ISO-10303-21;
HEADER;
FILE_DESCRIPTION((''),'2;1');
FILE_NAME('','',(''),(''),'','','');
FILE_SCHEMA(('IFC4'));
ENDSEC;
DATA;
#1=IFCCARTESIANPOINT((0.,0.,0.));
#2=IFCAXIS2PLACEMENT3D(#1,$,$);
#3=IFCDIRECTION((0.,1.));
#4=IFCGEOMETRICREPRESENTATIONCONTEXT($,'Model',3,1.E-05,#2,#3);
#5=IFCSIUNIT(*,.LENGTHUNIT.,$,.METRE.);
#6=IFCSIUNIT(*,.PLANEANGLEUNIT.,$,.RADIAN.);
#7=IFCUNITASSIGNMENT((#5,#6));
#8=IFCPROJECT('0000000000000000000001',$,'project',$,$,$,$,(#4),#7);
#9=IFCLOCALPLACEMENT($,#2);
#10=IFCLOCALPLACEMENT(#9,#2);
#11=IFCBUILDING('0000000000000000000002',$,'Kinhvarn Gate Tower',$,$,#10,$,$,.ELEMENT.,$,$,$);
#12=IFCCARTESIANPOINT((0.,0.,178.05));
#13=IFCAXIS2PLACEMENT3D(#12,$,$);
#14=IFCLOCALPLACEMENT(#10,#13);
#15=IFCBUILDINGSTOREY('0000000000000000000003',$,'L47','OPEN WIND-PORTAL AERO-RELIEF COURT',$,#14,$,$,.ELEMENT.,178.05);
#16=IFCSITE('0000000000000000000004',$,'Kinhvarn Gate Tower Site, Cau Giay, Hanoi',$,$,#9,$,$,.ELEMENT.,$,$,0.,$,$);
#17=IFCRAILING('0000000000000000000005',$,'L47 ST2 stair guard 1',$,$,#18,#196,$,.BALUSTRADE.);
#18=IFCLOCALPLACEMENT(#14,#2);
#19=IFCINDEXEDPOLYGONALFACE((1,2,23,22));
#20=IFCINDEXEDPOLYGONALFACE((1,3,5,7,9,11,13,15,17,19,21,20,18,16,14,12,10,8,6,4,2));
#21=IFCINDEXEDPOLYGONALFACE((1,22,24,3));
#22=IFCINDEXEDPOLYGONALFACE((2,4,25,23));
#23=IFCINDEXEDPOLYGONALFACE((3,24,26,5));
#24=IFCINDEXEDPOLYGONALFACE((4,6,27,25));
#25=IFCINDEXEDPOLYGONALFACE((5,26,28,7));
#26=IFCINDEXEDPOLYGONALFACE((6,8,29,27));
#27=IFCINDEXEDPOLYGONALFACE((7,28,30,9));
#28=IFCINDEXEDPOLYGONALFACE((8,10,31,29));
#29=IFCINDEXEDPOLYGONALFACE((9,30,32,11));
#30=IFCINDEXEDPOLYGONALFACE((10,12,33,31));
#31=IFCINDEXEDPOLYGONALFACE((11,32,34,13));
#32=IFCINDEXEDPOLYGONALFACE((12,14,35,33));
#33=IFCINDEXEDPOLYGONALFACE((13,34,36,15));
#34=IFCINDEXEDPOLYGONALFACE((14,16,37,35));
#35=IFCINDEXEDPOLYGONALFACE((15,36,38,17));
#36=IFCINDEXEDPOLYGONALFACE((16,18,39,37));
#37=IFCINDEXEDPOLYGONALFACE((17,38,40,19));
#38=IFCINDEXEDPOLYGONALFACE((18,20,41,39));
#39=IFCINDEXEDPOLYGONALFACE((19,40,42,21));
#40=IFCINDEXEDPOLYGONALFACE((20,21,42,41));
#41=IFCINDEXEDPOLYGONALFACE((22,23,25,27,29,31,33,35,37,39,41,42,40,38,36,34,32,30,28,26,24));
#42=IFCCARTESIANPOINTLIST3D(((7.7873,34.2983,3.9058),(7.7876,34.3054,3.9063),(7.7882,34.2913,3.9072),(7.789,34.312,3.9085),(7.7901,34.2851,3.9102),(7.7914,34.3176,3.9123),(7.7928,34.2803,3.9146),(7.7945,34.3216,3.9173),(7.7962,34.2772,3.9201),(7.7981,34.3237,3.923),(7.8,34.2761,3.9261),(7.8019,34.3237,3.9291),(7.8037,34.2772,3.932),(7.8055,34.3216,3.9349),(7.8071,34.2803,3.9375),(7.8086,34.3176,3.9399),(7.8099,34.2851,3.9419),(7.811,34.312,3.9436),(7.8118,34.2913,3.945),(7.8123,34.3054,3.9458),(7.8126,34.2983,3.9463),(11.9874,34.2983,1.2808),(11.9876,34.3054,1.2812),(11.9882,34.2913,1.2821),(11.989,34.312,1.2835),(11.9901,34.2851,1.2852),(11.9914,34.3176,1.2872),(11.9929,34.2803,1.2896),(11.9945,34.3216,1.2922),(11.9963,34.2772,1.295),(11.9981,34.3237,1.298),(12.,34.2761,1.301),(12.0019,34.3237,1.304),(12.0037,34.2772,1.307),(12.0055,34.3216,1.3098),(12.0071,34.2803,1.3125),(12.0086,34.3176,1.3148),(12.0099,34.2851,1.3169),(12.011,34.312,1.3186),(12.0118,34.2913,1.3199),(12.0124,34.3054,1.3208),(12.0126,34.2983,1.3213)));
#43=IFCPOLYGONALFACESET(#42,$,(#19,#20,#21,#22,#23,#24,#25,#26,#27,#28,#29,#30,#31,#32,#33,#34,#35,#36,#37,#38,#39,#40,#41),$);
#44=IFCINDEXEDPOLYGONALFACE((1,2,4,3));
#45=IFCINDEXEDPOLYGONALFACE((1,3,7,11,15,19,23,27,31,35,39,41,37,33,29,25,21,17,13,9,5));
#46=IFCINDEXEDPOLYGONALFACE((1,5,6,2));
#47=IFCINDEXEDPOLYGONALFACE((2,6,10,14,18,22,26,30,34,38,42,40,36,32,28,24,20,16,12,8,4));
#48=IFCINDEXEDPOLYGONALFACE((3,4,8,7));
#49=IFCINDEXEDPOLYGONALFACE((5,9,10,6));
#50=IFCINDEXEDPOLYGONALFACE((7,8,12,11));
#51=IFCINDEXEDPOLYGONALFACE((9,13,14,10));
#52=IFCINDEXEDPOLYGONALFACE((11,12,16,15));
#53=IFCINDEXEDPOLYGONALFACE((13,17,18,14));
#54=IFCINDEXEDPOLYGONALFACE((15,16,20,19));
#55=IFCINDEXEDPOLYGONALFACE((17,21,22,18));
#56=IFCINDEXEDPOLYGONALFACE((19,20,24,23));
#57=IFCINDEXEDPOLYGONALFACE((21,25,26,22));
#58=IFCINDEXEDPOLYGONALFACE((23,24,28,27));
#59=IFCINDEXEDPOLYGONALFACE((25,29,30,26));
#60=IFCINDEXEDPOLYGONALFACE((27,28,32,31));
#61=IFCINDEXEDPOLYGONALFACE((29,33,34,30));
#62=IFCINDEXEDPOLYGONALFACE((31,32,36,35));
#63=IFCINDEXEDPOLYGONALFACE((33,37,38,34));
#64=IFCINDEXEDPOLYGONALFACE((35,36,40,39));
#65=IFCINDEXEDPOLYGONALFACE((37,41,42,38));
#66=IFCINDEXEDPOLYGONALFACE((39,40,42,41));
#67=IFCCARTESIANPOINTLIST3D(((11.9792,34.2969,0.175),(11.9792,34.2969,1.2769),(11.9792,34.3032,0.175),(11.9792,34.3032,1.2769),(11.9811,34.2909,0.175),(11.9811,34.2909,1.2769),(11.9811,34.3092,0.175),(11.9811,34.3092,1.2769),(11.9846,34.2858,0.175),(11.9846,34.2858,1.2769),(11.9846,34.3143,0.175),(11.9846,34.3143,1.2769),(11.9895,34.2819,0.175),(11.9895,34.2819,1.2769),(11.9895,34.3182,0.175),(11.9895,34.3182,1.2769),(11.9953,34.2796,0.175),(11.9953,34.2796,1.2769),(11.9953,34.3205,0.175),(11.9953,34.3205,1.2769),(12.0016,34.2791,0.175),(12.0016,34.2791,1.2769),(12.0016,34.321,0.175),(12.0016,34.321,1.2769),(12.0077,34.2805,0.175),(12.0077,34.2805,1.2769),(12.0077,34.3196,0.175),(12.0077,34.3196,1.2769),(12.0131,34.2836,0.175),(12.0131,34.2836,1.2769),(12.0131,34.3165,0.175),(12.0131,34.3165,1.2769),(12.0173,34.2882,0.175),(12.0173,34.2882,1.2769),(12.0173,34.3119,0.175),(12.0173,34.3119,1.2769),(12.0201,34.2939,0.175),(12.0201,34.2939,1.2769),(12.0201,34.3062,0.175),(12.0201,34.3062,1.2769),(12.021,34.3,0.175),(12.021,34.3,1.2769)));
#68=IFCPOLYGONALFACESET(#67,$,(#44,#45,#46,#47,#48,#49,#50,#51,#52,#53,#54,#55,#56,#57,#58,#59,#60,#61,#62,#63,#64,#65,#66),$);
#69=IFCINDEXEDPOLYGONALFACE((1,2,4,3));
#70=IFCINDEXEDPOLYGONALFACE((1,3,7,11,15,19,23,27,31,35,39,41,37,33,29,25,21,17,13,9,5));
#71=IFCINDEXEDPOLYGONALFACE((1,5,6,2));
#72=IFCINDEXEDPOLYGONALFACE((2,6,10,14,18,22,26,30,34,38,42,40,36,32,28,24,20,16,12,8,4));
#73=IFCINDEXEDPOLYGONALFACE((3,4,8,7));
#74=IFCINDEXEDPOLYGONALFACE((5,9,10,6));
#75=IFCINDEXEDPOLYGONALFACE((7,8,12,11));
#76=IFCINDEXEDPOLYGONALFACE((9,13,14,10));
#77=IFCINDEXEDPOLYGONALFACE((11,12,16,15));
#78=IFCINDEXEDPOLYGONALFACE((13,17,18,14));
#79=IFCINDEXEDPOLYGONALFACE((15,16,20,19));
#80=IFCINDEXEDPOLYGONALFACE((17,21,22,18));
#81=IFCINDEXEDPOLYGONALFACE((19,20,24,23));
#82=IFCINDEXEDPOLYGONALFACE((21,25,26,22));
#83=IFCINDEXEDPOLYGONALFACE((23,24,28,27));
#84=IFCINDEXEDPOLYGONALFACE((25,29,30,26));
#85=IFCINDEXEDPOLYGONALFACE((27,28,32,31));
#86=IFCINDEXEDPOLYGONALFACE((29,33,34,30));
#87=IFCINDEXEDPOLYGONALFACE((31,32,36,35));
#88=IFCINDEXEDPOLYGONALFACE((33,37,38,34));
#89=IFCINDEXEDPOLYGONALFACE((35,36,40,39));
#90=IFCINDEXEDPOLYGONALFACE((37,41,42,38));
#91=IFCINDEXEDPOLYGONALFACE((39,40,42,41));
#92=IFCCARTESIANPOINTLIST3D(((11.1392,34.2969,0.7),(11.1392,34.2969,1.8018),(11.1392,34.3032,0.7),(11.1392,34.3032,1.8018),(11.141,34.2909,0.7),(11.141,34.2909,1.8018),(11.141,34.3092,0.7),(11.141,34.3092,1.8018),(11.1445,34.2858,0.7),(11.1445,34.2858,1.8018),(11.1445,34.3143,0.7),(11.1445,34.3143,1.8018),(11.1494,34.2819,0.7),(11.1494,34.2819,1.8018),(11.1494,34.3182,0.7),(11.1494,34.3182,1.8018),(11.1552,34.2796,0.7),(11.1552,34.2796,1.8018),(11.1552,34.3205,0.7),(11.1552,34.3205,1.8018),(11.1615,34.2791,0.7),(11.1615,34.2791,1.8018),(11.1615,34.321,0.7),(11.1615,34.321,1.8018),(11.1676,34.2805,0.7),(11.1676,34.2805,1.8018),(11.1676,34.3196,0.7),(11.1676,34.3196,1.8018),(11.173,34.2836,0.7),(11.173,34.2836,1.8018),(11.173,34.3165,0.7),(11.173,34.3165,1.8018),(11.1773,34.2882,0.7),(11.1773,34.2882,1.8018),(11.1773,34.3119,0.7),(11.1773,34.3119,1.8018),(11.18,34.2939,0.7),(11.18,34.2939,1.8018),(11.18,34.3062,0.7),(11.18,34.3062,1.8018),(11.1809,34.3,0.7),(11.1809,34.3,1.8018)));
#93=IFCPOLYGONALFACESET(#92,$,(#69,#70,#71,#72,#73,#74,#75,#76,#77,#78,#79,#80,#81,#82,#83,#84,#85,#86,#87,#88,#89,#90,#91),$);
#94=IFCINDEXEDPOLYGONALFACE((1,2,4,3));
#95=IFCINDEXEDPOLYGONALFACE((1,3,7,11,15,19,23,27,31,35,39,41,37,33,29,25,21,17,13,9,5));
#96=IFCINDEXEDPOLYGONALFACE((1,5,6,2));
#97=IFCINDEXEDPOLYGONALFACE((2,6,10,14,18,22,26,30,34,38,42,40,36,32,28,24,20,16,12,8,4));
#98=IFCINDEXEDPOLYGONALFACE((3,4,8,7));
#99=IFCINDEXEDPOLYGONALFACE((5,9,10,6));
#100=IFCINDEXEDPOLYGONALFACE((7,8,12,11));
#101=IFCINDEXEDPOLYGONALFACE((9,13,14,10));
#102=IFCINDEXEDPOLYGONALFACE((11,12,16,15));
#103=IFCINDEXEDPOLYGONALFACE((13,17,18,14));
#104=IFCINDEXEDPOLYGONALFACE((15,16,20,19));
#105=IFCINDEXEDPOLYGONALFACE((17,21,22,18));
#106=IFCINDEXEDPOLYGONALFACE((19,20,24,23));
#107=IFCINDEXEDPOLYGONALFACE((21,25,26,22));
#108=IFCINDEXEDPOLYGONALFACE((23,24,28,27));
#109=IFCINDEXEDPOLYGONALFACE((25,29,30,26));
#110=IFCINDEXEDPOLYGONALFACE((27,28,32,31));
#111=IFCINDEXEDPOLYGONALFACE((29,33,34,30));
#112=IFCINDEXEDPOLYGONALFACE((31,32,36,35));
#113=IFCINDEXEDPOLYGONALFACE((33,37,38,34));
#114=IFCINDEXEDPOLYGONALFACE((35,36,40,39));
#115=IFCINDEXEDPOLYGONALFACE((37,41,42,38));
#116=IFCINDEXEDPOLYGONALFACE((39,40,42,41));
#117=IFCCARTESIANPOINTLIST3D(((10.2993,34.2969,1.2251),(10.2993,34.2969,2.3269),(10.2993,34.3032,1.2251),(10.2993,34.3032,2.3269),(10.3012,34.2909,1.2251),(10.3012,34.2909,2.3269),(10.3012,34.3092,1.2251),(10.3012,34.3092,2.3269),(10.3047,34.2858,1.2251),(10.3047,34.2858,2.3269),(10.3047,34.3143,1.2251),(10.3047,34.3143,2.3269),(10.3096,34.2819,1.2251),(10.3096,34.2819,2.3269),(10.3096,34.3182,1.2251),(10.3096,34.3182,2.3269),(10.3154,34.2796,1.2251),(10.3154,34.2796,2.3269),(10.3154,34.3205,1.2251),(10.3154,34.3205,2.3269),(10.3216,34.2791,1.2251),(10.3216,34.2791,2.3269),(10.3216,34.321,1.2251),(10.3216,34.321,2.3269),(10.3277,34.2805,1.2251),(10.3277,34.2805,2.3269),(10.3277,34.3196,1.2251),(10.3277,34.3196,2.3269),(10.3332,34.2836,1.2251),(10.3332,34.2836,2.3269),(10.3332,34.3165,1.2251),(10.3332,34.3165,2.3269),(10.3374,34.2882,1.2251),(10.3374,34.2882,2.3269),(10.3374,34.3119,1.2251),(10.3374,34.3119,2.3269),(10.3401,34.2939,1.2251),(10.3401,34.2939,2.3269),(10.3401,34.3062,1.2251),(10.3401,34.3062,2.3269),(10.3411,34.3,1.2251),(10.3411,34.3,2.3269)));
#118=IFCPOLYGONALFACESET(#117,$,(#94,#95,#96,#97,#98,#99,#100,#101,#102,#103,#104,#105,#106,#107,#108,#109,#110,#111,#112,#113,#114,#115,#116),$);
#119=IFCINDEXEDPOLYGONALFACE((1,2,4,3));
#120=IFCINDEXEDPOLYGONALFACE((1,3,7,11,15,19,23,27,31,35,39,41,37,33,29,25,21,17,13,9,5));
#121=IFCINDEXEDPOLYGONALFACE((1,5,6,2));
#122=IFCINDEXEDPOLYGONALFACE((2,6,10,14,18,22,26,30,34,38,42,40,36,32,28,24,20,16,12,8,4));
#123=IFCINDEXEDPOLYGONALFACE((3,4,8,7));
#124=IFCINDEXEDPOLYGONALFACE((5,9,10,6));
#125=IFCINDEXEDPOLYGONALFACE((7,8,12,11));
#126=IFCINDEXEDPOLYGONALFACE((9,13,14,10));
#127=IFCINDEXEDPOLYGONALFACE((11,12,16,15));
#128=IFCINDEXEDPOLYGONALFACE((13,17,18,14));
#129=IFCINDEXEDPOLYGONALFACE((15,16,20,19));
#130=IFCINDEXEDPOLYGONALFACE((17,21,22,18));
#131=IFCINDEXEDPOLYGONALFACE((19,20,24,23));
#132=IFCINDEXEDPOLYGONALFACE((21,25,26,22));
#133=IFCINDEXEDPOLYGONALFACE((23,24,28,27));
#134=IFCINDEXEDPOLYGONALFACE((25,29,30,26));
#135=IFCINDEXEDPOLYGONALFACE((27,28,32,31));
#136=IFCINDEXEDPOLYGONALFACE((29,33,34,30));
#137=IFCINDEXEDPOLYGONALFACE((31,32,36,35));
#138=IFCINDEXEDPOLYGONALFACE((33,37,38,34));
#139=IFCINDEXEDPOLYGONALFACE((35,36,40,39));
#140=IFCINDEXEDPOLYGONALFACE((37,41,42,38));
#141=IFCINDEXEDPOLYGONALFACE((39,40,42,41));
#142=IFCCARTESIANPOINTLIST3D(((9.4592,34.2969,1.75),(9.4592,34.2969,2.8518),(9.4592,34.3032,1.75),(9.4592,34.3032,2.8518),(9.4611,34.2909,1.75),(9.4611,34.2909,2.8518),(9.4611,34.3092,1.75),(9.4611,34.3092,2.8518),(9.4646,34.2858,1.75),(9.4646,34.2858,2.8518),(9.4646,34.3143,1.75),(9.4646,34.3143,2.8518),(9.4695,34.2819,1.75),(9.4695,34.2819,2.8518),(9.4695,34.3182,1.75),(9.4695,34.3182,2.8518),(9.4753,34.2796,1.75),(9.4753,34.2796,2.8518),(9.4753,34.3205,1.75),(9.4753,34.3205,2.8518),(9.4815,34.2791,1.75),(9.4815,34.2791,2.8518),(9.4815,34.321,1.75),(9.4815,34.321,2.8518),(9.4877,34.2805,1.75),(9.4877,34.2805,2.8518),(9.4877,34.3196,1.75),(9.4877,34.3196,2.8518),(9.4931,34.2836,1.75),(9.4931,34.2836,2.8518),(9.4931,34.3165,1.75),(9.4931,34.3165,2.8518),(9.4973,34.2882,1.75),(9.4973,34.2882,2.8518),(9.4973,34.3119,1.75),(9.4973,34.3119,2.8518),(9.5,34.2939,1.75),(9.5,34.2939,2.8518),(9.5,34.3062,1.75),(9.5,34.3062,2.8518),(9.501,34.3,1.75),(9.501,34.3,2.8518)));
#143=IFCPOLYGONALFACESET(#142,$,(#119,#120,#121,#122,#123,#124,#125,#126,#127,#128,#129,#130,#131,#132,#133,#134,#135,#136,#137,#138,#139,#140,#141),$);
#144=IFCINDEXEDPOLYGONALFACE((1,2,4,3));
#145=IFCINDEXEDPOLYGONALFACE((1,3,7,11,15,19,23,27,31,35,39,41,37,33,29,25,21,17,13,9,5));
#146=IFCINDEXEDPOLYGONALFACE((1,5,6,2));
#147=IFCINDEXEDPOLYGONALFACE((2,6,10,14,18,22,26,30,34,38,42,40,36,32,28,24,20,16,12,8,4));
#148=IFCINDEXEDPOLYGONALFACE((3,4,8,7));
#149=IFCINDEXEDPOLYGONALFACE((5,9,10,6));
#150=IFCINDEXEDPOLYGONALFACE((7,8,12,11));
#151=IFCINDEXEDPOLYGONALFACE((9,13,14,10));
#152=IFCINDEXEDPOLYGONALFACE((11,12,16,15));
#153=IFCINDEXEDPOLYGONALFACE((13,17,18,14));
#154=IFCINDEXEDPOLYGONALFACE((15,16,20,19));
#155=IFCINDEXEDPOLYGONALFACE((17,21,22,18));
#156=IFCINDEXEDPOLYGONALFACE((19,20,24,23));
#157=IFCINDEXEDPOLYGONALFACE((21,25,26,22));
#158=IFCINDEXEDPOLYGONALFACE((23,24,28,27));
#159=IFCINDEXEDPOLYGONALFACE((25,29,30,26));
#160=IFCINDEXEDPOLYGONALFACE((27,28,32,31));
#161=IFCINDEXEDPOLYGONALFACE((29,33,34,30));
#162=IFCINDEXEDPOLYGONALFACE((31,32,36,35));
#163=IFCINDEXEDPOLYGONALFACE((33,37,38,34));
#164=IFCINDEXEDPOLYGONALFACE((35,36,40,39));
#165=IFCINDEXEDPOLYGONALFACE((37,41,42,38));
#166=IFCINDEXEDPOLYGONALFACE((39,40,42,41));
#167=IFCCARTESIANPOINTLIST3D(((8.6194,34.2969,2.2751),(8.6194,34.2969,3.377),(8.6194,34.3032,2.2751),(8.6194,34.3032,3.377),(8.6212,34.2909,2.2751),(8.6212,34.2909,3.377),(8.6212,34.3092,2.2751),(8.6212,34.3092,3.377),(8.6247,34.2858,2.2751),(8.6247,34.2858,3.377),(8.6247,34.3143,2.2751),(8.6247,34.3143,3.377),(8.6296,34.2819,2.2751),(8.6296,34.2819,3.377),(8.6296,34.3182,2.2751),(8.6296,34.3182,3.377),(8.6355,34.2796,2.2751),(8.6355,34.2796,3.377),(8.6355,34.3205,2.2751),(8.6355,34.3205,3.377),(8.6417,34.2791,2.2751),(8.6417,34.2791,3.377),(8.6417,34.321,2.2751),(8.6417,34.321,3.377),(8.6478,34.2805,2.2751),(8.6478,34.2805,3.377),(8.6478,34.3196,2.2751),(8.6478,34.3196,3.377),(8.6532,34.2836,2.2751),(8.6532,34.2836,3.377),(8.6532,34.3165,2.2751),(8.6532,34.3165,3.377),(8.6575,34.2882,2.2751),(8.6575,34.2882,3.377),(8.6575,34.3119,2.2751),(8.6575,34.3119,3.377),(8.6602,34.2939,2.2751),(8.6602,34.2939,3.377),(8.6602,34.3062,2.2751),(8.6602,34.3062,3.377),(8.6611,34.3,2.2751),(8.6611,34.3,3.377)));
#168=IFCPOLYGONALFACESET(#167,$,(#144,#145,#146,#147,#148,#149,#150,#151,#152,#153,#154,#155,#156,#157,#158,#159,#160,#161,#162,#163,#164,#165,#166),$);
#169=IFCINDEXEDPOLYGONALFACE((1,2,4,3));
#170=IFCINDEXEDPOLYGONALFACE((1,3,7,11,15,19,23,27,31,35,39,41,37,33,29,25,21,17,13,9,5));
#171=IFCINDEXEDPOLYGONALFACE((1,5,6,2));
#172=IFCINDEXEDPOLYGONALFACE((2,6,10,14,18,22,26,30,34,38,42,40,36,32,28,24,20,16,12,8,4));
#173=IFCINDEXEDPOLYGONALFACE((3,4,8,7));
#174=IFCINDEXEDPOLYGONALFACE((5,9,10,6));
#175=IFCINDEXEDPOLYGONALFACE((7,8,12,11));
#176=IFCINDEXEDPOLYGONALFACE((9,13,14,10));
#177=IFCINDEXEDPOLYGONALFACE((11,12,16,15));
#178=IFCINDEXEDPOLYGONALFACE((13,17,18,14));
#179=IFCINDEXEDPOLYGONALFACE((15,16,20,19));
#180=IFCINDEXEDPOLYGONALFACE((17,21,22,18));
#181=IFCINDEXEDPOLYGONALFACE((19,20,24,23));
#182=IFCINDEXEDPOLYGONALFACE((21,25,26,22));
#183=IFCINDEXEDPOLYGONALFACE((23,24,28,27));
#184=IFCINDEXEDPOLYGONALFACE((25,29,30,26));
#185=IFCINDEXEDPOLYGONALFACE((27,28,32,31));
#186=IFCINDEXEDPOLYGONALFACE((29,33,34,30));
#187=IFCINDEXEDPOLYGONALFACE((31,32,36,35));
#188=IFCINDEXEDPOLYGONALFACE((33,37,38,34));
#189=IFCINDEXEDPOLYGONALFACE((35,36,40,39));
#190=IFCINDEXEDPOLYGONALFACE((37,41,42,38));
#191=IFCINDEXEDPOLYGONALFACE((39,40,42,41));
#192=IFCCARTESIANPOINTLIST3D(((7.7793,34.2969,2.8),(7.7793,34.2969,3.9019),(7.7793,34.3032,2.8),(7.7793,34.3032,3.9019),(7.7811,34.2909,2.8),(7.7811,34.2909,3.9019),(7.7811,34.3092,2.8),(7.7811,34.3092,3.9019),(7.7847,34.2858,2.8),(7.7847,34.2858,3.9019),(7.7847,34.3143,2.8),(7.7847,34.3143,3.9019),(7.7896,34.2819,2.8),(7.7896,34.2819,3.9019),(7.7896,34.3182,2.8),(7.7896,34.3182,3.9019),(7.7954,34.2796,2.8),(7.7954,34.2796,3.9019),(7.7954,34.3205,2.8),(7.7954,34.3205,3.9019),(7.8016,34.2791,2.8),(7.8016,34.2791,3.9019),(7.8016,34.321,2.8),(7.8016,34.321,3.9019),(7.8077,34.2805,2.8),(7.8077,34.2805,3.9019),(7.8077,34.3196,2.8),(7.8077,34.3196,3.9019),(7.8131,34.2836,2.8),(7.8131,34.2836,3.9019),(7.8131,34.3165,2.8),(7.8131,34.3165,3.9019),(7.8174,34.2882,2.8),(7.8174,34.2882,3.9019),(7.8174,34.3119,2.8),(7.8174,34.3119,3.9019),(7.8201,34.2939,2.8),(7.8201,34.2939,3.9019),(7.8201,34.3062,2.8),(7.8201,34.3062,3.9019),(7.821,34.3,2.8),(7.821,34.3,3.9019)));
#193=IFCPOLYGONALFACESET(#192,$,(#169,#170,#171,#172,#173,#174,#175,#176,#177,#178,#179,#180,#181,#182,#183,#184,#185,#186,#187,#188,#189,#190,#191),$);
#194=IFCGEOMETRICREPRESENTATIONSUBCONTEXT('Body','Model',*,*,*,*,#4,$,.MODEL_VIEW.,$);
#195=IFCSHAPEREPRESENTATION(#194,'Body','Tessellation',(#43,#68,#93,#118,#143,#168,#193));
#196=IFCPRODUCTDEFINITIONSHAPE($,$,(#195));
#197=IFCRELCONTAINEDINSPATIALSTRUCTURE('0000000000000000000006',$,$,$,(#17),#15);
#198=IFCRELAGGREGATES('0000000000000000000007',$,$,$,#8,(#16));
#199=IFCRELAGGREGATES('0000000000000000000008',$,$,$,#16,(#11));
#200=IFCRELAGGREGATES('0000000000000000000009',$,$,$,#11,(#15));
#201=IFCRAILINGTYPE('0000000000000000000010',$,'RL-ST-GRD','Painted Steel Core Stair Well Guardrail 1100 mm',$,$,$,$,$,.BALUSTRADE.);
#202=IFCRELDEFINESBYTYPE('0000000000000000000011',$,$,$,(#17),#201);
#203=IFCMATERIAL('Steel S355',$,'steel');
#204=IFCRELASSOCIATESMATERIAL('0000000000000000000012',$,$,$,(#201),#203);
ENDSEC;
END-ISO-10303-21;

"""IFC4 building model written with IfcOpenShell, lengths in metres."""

from ifc_helpers import new_model, si_unit, direction, frame, origin, origin_2d, place, context, subcontext, project, spatial, circle, extrude, material, type_object, element, save


model = new_model("IFC4")

# Units and contexts
model_context = context("Model", 3, precision=1e-05, world=origin(), true_north=direction((0.0, 1.0)))
body_context = subcontext(model_context, "Body", "Model", "MODEL_VIEW")
ifc_project = project(units=[si_unit("LENGTHUNIT", "METRE"), si_unit("PLANEANGLEUNIT", "RADIAN")], contexts=[model_context])

# Site, building, storey
site_placement = place(None, origin())
site = spatial("IfcSite", under=ifc_project, at=site_placement, Name="Kinhvarn Gate Tower Site, Cau Giay, Hanoi", CompositionType="ELEMENT", RefElevation=0.0)
building_placement = place(site_placement, origin())
building = spatial("IfcBuilding", under=site, at=building_placement, Name="Kinhvarn Gate Tower", CompositionType="ELEMENT")
storey_placement = place(building_placement, frame((0.0, 0.0, 178.05)))
storey = spatial("IfcBuildingStorey", under=building, at=storey_placement, Name="L47", Description="OPEN WIND-PORTAL AERO-RELIEF COURT", CompositionType="ELEMENT", Elevation=178.05)

# Shared definitions
ifc_material_1 = material(Name="Steel S355", Category="steel")

# Railing
railing_type_1 = type_object("IfcRailingType", Name="RL-ST-GRD", Description="Painted Steel Core Stair Well Guardrail 1100 mm", PredefinedType="BALUSTRADE", material=ifc_material_1)
railing_1_placement = place(storey_placement, frame((12.0, 34.3, 0.175)))
element("IfcRailing", 1, at=railing_1_placement, inside=storey, type_object=railing_type_1, Name="L47 ST2 stair guard 1", PredefinedType="BALUSTRADE", context=body_context, shape_type="SweptSolid", body=[
    extrude(circle(Radius=0.0239, at=origin_2d()), frame((0.0, 0.0, 1.126), z_axis=(-0.847996, 0.0, 0.530003), x_axis=(0.0, -1.0, 0.0)), (0.0, 0.0, 1.0), 4.9529),
    extrude(circle(Radius=0.021, at=origin_2d()), origin(), (0.0, 0.0, 1.0), 1.1018),
    extrude(circle(Radius=0.021, at=origin_2d()), frame((-0.8401, 0.0, 0.5249)), (0.0, 0.0, 1.0), 1.1018),
    extrude(circle(Radius=0.021, at=origin_2d()), frame((-1.6799, 0.0, 1.05)), (0.0, 0.0, 1.0), 1.1018),
    extrude(circle(Radius=0.021, at=origin_2d()), frame((-2.52, 0.0, 1.575)), (0.0, 0.0, 1.0), 1.1018),
    extrude(circle(Radius=0.021, at=origin_2d()), frame((-3.3599, 0.0, 2.1001)), (0.0, 0.0, 1.0), 1.1018),
    extrude(circle(Radius=0.021, at=origin_2d()), frame((-4.2, 0.0, 2.625)), (0.0, 0.0, 1.0), 1.1018),
])

save(model, "model.ifc")
